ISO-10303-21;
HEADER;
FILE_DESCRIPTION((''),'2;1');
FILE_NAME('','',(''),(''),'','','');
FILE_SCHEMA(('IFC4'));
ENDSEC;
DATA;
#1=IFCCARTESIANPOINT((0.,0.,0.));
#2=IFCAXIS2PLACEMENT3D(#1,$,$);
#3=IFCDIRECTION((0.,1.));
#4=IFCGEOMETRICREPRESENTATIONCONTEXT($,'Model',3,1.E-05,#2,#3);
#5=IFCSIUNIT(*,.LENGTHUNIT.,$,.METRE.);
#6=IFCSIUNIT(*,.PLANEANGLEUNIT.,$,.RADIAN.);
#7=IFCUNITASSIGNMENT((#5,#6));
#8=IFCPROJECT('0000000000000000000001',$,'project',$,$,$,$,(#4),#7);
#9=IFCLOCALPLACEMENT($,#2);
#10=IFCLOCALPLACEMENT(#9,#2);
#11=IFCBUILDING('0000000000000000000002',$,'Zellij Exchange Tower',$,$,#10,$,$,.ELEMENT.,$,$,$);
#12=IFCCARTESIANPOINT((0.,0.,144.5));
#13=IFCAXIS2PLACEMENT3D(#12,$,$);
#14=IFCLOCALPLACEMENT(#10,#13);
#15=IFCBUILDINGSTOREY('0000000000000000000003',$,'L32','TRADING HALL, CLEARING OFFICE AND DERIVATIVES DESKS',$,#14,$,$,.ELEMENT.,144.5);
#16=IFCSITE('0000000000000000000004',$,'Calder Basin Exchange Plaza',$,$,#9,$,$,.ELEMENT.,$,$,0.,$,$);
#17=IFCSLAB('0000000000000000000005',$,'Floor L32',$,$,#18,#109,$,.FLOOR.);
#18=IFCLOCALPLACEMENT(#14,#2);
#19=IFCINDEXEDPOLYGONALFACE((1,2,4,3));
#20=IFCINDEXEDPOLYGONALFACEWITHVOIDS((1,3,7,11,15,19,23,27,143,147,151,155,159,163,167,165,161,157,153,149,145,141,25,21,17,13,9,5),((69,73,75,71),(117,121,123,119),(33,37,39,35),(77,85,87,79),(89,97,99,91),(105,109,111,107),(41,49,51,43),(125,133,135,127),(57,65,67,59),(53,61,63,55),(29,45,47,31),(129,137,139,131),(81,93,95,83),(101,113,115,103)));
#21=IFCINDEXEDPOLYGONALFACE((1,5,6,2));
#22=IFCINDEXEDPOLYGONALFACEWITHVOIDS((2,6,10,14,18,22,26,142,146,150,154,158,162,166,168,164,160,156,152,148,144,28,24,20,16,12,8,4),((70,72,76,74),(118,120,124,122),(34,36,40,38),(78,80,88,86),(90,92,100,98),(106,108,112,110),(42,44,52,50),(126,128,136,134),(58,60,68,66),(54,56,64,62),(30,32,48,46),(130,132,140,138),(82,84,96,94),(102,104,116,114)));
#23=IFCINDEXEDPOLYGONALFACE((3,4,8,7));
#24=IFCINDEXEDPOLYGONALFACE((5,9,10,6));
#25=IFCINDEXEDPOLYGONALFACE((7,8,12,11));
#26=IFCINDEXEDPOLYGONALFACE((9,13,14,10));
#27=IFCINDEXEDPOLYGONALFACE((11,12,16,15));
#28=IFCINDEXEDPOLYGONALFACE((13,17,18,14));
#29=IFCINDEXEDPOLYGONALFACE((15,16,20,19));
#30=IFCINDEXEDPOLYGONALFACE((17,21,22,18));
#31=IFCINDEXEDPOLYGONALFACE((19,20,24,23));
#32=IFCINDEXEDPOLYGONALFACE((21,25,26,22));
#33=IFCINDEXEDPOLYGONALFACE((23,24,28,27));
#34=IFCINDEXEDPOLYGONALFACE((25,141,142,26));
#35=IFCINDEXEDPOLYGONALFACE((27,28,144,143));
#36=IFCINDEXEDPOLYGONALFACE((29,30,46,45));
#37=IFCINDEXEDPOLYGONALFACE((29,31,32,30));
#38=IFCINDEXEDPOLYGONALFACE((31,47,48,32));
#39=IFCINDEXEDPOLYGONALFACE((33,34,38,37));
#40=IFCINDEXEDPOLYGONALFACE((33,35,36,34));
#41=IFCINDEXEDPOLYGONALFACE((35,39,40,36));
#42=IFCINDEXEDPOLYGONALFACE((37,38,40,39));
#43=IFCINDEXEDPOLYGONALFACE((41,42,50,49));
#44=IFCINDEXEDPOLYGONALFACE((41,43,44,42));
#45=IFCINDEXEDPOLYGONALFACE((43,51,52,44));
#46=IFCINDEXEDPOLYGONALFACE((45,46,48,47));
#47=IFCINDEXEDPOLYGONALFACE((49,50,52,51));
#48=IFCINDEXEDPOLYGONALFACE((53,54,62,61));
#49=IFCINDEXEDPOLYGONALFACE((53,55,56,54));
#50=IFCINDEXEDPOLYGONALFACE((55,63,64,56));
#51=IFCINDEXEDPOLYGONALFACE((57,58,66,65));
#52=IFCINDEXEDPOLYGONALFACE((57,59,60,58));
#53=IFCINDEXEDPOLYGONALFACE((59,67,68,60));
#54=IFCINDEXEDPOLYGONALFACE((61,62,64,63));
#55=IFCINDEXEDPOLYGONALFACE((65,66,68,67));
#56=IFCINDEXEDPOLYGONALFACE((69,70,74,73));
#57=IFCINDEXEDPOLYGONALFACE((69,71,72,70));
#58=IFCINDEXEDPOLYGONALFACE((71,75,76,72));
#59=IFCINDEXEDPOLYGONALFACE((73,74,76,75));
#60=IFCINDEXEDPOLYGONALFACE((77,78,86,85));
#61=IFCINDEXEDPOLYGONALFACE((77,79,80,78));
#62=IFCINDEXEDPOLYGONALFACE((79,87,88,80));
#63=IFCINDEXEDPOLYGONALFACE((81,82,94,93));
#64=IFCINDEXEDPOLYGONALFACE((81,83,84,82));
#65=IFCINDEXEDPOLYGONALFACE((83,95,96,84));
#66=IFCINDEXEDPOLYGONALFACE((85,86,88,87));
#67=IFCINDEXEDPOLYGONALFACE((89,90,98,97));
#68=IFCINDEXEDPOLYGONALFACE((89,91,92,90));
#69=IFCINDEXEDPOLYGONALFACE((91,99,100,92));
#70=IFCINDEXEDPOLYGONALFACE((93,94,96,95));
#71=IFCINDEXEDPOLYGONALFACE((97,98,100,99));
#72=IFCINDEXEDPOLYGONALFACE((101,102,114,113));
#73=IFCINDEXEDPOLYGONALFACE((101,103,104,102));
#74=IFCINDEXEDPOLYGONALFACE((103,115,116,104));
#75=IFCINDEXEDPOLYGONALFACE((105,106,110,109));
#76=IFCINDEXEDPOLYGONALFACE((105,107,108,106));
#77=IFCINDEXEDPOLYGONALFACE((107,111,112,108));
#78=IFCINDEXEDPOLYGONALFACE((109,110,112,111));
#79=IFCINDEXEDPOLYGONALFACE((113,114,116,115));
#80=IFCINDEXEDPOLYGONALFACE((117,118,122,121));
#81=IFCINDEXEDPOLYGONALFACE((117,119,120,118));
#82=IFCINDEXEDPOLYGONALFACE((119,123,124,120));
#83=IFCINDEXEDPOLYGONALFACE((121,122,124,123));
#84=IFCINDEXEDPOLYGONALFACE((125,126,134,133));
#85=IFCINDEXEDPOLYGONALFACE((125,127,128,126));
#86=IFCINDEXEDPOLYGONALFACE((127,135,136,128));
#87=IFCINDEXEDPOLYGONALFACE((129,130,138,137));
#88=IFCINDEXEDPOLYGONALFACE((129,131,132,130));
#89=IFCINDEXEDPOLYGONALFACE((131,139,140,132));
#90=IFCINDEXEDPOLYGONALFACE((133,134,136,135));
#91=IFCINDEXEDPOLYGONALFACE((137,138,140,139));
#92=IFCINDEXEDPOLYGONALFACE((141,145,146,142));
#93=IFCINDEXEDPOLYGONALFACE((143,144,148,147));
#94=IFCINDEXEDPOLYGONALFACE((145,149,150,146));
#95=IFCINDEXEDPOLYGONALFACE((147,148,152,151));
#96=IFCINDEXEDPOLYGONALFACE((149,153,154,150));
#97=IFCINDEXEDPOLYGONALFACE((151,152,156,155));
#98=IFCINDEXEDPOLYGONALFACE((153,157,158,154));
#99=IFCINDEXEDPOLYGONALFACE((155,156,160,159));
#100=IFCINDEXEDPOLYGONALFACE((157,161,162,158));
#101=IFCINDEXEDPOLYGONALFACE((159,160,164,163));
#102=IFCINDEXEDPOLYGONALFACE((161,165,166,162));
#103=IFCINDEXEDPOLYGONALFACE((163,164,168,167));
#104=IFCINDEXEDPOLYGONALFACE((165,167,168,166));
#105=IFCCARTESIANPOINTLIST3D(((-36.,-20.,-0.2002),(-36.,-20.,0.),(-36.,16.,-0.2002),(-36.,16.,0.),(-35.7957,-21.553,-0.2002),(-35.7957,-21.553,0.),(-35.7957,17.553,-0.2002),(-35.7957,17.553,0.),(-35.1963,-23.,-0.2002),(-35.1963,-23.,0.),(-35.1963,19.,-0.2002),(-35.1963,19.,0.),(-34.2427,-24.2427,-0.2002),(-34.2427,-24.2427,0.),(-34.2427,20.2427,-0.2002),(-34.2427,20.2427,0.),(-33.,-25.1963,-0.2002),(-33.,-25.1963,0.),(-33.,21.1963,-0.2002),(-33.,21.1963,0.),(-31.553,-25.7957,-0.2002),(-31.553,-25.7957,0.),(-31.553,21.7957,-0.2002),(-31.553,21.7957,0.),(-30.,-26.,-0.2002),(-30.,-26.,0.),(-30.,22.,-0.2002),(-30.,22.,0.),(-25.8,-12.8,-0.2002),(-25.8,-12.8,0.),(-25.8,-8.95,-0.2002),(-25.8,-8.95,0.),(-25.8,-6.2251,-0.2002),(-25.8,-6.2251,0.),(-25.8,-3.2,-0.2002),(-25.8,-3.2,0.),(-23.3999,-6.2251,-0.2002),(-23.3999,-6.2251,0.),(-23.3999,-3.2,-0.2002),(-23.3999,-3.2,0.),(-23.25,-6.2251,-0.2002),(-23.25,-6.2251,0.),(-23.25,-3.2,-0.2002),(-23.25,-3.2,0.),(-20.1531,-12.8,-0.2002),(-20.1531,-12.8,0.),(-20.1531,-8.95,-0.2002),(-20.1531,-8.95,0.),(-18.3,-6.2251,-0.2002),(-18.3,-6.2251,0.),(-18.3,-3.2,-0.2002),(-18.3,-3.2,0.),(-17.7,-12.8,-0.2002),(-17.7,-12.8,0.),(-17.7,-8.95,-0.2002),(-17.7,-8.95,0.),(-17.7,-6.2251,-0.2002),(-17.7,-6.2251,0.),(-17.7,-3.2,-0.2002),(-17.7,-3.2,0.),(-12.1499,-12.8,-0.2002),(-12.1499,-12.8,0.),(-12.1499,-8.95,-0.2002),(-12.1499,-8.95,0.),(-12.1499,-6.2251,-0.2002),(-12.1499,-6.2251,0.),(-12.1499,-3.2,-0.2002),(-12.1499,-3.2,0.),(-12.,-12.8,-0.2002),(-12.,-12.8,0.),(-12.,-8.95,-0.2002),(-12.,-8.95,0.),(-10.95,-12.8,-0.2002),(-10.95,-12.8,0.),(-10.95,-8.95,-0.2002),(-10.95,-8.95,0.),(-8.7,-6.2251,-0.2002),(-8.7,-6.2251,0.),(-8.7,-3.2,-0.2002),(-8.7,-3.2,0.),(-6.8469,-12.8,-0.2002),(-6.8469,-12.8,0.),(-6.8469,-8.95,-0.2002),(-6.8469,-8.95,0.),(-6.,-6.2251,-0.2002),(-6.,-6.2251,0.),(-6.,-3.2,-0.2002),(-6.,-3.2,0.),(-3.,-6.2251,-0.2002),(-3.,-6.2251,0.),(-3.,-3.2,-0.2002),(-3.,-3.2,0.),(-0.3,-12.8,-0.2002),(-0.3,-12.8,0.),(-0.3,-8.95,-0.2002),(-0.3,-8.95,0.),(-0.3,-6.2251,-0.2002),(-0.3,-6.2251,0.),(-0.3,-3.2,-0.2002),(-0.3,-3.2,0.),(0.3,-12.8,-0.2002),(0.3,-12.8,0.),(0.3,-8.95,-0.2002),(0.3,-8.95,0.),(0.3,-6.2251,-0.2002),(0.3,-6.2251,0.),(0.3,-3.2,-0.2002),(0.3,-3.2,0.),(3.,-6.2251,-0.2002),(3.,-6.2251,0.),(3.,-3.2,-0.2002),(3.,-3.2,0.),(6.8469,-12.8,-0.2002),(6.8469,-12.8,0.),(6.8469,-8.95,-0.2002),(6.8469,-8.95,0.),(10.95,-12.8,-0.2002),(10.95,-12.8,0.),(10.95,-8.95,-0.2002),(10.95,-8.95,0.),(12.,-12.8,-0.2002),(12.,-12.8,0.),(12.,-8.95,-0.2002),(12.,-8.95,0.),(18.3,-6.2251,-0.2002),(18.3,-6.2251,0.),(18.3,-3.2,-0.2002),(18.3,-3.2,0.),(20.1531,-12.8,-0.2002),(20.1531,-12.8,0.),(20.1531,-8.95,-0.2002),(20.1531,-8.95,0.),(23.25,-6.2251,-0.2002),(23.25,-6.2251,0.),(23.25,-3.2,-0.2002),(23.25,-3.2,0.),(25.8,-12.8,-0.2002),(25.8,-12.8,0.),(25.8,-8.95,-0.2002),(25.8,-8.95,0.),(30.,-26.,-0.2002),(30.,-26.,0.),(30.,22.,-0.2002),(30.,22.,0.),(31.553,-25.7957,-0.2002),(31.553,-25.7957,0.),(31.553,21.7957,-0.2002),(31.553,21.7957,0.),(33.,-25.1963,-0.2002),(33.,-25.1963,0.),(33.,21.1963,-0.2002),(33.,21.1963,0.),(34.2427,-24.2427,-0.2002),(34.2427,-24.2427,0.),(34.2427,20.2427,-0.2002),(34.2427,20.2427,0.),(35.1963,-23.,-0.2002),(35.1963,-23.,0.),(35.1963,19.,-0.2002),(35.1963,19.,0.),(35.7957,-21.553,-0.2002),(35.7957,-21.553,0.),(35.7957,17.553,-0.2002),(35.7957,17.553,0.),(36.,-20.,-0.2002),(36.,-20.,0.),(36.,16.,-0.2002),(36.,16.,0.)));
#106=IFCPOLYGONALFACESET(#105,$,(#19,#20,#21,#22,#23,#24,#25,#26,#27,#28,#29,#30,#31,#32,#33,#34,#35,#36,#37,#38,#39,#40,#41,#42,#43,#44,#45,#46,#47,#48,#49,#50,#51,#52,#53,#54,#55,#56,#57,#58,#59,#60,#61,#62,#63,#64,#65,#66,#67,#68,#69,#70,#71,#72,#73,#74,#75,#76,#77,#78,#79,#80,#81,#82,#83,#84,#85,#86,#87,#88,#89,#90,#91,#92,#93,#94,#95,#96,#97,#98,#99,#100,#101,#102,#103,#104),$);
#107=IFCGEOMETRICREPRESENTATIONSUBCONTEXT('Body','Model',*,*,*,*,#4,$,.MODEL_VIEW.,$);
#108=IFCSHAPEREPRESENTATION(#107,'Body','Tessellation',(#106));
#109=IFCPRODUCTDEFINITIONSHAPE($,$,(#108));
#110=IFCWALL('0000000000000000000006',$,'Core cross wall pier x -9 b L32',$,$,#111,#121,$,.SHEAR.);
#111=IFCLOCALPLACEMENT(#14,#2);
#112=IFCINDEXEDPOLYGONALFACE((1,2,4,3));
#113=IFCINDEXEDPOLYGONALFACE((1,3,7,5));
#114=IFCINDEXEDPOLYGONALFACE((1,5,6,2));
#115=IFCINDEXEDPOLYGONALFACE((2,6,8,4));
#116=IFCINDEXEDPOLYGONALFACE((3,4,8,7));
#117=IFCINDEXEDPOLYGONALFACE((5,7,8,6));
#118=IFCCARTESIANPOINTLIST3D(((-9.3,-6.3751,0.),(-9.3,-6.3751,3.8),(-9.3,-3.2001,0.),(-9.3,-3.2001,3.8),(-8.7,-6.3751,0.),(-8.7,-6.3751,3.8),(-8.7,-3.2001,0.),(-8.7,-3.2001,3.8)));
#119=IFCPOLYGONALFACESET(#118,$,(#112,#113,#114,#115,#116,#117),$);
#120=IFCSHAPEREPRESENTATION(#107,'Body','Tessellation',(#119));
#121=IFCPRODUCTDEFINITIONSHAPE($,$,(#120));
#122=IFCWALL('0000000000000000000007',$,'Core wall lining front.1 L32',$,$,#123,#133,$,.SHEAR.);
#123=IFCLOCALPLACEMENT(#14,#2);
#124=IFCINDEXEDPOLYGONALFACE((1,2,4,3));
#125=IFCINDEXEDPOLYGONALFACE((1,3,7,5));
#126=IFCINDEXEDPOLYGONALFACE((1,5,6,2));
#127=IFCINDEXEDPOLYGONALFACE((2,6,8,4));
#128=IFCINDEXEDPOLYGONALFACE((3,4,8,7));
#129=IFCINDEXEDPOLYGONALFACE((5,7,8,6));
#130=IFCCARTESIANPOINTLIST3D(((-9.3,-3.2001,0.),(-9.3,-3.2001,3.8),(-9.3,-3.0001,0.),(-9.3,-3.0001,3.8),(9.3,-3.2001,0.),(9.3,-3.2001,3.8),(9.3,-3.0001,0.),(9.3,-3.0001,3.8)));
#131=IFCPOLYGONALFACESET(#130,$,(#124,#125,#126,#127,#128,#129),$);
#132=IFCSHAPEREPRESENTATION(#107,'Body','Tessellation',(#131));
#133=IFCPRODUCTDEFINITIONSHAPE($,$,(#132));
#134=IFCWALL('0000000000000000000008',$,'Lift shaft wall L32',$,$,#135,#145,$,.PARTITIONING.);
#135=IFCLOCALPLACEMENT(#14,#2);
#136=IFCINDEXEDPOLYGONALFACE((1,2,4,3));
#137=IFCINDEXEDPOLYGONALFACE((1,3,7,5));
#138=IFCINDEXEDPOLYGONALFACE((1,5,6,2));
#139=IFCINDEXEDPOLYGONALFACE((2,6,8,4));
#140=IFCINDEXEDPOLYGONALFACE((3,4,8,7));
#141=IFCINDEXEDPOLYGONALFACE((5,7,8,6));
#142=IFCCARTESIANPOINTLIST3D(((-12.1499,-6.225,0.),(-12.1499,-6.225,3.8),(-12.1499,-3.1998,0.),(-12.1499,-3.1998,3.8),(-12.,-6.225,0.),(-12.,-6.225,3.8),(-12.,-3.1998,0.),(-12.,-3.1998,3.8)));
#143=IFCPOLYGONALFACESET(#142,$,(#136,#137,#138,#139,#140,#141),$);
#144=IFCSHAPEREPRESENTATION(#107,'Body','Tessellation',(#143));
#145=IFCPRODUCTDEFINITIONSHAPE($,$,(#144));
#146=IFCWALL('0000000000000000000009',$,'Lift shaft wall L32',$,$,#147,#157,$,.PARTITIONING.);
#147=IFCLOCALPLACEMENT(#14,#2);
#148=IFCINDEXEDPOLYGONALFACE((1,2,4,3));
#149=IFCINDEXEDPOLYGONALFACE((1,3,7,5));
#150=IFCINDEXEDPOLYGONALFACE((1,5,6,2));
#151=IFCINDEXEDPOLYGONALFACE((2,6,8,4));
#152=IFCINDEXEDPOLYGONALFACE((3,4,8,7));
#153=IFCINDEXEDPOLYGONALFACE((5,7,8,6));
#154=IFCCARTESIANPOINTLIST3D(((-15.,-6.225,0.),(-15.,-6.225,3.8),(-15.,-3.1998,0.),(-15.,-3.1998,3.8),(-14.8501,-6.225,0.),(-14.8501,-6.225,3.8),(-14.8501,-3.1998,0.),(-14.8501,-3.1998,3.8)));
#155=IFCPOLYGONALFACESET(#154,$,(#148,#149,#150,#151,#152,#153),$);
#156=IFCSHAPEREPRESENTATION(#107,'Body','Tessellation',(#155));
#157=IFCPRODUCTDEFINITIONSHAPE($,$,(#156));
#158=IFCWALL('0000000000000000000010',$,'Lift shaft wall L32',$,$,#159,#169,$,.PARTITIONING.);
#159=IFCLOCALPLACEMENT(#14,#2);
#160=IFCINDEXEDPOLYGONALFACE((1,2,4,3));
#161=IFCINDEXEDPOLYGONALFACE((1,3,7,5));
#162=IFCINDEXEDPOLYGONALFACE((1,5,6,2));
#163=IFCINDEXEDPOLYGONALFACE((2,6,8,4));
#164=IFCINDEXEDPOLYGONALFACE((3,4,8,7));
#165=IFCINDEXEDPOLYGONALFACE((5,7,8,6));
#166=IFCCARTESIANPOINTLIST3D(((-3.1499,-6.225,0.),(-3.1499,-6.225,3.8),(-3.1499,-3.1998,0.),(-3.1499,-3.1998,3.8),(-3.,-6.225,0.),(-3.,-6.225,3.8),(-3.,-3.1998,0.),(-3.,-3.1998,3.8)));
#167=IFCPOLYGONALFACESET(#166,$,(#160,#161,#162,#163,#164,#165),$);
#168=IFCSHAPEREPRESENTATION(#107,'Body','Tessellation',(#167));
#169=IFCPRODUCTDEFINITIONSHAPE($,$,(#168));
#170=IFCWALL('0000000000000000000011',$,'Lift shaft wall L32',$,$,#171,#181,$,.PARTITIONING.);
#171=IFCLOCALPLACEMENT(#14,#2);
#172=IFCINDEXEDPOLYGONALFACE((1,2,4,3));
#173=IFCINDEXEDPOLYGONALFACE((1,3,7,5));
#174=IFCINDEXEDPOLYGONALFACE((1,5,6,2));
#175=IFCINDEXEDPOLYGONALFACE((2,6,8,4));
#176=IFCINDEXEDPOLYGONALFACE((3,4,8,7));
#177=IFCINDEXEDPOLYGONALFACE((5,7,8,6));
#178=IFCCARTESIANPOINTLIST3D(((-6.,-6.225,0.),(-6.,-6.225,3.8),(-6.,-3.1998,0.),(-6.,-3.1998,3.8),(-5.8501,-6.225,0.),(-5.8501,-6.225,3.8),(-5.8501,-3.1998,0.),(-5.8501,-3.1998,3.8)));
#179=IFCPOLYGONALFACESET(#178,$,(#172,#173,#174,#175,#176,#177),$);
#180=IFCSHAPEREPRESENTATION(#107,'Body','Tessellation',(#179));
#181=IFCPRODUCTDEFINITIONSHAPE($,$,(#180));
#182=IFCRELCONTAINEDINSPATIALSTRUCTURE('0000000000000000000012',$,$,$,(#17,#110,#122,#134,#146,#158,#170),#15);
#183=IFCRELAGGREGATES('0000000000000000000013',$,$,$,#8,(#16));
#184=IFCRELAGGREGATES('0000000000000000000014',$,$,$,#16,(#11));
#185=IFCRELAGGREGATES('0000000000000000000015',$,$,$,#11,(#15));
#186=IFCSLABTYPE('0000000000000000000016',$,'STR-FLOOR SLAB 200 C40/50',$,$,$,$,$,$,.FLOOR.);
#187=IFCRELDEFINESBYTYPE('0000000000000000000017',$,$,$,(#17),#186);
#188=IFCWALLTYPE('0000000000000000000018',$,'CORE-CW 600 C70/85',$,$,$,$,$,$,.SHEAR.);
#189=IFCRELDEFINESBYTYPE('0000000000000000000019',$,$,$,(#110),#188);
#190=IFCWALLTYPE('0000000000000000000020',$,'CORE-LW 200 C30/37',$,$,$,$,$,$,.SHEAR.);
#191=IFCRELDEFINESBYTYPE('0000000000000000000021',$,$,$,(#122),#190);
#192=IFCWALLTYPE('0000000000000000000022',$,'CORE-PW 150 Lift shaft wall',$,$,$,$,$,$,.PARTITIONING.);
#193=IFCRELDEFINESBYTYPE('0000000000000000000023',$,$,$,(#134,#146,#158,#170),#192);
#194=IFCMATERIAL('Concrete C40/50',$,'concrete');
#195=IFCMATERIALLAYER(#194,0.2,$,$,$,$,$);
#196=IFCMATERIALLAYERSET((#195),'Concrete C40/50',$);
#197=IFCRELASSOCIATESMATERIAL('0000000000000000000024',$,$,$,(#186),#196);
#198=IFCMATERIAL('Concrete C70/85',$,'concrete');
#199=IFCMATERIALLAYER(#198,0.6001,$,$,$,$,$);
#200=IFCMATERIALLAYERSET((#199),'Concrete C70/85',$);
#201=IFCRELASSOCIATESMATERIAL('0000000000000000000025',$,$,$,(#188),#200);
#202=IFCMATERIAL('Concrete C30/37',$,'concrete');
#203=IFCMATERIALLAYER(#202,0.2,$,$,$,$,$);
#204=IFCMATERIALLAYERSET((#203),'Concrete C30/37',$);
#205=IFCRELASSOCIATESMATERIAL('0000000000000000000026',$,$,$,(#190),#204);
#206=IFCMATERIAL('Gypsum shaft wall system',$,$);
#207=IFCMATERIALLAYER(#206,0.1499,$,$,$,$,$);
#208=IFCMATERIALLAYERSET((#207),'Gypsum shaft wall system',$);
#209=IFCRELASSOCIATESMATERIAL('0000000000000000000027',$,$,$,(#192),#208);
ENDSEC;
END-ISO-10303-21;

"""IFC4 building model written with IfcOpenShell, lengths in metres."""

from ifc_helpers import new_model, si_unit, direction, frame, frame_2d, origin, place, context, subcontext, project, spatial, polyline, rectangle, outline, extrude, material, layer, layer_set, type_object, element, save


model = new_model("IFC4")

# Units and contexts
model_context = context("Model", 3, precision=1e-05, world=origin(), true_north=direction((0.0, 1.0)))
body_context = subcontext(model_context, "Body", "Model", "MODEL_VIEW")
ifc_project = project(units=[si_unit("LENGTHUNIT", "METRE"), si_unit("PLANEANGLEUNIT", "RADIAN")], contexts=[model_context])

# Site, building, storey
site_placement = place(None, origin())
site = spatial("IfcSite", under=ifc_project, at=site_placement, Name="Calder Basin Exchange Plaza", CompositionType="ELEMENT", RefElevation=0.0)
building_placement = place(site_placement, origin())
building = spatial("IfcBuilding", under=site, at=building_placement, Name="Zellij Exchange Tower", CompositionType="ELEMENT")
storey_placement = place(building_placement, frame((0.0, 0.0, 144.5)))
storey = spatial("IfcBuildingStorey", under=building, at=storey_placement, Name="L32", Description="TRADING HALL, CLEARING OFFICE AND DERIVATIVES DESKS", CompositionType="ELEMENT", Elevation=144.5)

# Slab
ifc_material_1 = material(Name="Concrete C40/50", Category="concrete")
ifc_layer_1 = layer(ifc_material_1, 0.2)
ifc_layer_set_1 = layer_set([ifc_layer_1], Name="Concrete C40/50")
slab_type = type_object("IfcSlabType", Name="STR-FLOOR SLAB 200 C40/50", PredefinedType="FLOOR", material=ifc_layer_set_1)
slab_placement = place(storey_placement, frame((0.0, 0.0, -0.2002)))
element("IfcSlab", 1, at=slab_placement, inside=storey, type_object=slab_type, Name="Floor L32", PredefinedType="FLOOR", context=body_context, shape_type="SweptSolid", body=[
    extrude(outline(polyline([(-30.0, -26.0), (-31.553, -25.7957), (-33.0, -25.1963), (-34.2427, -24.2427), (-35.1963, -23.0), (-35.7957, -21.553), (-36.0, -20.0), (-36.0, 16.0), (-35.7957, 17.553), (-35.1963, 19.0), (-34.2427, 20.2427), (-33.0, 21.1963), (-31.553, 21.7957), (-30.0, 22.0), (30.0, 22.0), (31.553, 21.7957), (33.0, 21.1963), (34.2427, 20.2427), (35.1963, 19.0), (35.7957, 17.553), (36.0, 16.0), (36.0, -20.0), (35.7957, -21.553), (35.1963, -23.0), (34.2427, -24.2427), (33.0, -25.1963), (31.553, -25.7957), (30.0, -26.0), (-30.0, -26.0)]), holes=[polyline([(-25.8, -8.95), (-25.8, -12.8), (-20.1531, -12.8), (-20.1531, -8.95), (-25.8, -8.95)]), polyline([(-12.1499, -8.95), (-17.7, -8.95), (-17.7, -12.8), (-12.1499, -12.8), (-12.1499, -8.95)]), polyline([(-10.95, -8.95), (-12.0, -8.95), (-12.0, -12.8), (-10.95, -12.8), (-10.95, -8.95)]), polyline([(-23.3999, -3.2), (-25.8, -3.2), (-25.8, -6.2251), (-23.3999, -6.2251), (-23.3999, -3.2)]), polyline([(-18.3, -3.2), (-23.25, -3.2), (-23.25, -6.2251), (-18.3, -6.2251), (-18.3, -3.2)]), polyline([(-12.1499, -3.2), (-17.7, -3.2), (-17.7, -6.2251), (-12.1499, -6.2251), (-12.1499, -3.2)]), polyline([(-6.0, -3.2), (-8.7, -3.2), (-8.7, -6.2251), (-6.0, -6.2251), (-6.0, -3.2)]), polyline([(-6.8469, -8.95), (-6.8469, -12.8), (-0.3, -12.8), (-0.3, -8.95), (-6.8469, -8.95)]), polyline([(6.8469, -8.95), (0.3, -8.95), (0.3, -12.8), (6.8469, -12.8), (6.8469, -8.95)]), polyline([(12.0, -8.95), (10.95, -8.95), (10.95, -12.8), (12.0, -12.8), (12.0, -8.95)]), polyline([(25.8, -8.95), (20.1531, -8.95), (20.1531, -12.8), (25.8, -12.8), (25.8, -8.95)]), polyline([(-0.3, -3.2), (-3.0, -3.2), (-3.0, -6.2251), (-0.3, -6.2251), (-0.3, -3.2)]), polyline([(3.0, -3.2), (0.3, -3.2), (0.3, -6.2251), (3.0, -6.2251), (3.0, -3.2)]), polyline([(23.25, -3.2), (18.3, -3.2), (18.3, -6.2251), (23.25, -6.2251), (23.25, -3.2)])]), origin(), (0.0, 0.0, 1.0), 0.2002),
])

# Walls
ifc_material_2 = material(Name="Concrete C70/85", Category="concrete")
ifc_layer_2 = layer(ifc_material_2, 0.6001)
ifc_layer_set_2 = layer_set([ifc_layer_2], Name="Concrete C70/85")
wall_type_1 = type_object("IfcWallType", Name="CORE-CW 600 C70/85", PredefinedType="SHEAR", material=ifc_layer_set_2)
wall_1_placement = place(storey_placement, frame((-9.0, -6.375, 0.0), z_axis=(0.0, 0.0, 1.0), x_axis=(0.0, 1.0, 0.0)))
element("IfcWall", 2, at=wall_1_placement, inside=storey, type_object=wall_type_1, Name="Core cross wall pier x -9 b L32", PredefinedType="SHEAR", context=body_context, shape_type="SweptSolid", body=[
    extrude(rectangle(XDim=3.175, YDim=0.6001, at=frame_2d((1.5874, 0.0))), origin(), (0.0, 0.0, 1.0), 3.8),
])
ifc_material_3 = material(Name="Concrete C30/37", Category="concrete")
ifc_layer_3 = layer(ifc_material_3, 0.2)
ifc_layer_set_3 = layer_set([ifc_layer_3], Name="Concrete C30/37")
wall_type_2 = type_object("IfcWallType", Name="CORE-LW 200 C30/37", PredefinedType="SHEAR", material=ifc_layer_set_3)
wall_2_placement = place(storey_placement, frame((-9.3, -3.1001, 0.0), z_axis=(0.0, 0.0, 1.0), x_axis=(1.0, 0.0, 0.0)))
element("IfcWall", 3, at=wall_2_placement, inside=storey, type_object=wall_type_2, Name="Core wall lining front.1 L32", PredefinedType="SHEAR", context=body_context, shape_type="SweptSolid", body=[
    extrude(rectangle(XDim=18.6001, YDim=0.2, at=frame_2d((9.3, 0.0))), origin(), (0.0, 0.0, 1.0), 3.8),
])
ifc_material_4 = material(Name="Gypsum shaft wall system")
ifc_layer_4 = layer(ifc_material_4, 0.1499)
ifc_layer_set_4 = layer_set([ifc_layer_4], Name="Gypsum shaft wall system")
wall_type_3 = type_object("IfcWallType", Name="CORE-PW 150 Lift shaft wall", PredefinedType="PARTITIONING", material=ifc_layer_set_4)
for number, where, z_axis, x_axis, name in (
    (4, (-12.075, -6.2251, 0.0), (0.0, 0.0, 1.0), (0.0, 1.0, 0.0), "Lift shaft wall L32"),
    (5, (-14.925, -6.2251, 0.0), (0.0, 0.0, 1.0), (0.0, 1.0, 0.0), "Lift shaft wall L32"),
    (6, (-3.075, -6.2251, 0.0), (0.0, 0.0, 1.0), (0.0, 1.0, 0.0), "Lift shaft wall L32"),
    (7, (-5.925, -6.2251, 0.0), (0.0, 0.0, 1.0), (0.0, 1.0, 0.0), "Lift shaft wall L32"),
):
    element("IfcWall", number, at=place(storey_placement, frame(where, z_axis=z_axis, x_axis=x_axis)), inside=storey, type_object=wall_type_3, Name=name, PredefinedType="PARTITIONING", context=body_context, shape_type="SweptSolid", body=[
        extrude(rectangle(XDim=3.0251, YDim=0.1499, at=frame_2d((1.5127, 0.0))), origin(), (0.0, 0.0, 1.0), 3.8),
    ])

save(model, "model.ifc")
